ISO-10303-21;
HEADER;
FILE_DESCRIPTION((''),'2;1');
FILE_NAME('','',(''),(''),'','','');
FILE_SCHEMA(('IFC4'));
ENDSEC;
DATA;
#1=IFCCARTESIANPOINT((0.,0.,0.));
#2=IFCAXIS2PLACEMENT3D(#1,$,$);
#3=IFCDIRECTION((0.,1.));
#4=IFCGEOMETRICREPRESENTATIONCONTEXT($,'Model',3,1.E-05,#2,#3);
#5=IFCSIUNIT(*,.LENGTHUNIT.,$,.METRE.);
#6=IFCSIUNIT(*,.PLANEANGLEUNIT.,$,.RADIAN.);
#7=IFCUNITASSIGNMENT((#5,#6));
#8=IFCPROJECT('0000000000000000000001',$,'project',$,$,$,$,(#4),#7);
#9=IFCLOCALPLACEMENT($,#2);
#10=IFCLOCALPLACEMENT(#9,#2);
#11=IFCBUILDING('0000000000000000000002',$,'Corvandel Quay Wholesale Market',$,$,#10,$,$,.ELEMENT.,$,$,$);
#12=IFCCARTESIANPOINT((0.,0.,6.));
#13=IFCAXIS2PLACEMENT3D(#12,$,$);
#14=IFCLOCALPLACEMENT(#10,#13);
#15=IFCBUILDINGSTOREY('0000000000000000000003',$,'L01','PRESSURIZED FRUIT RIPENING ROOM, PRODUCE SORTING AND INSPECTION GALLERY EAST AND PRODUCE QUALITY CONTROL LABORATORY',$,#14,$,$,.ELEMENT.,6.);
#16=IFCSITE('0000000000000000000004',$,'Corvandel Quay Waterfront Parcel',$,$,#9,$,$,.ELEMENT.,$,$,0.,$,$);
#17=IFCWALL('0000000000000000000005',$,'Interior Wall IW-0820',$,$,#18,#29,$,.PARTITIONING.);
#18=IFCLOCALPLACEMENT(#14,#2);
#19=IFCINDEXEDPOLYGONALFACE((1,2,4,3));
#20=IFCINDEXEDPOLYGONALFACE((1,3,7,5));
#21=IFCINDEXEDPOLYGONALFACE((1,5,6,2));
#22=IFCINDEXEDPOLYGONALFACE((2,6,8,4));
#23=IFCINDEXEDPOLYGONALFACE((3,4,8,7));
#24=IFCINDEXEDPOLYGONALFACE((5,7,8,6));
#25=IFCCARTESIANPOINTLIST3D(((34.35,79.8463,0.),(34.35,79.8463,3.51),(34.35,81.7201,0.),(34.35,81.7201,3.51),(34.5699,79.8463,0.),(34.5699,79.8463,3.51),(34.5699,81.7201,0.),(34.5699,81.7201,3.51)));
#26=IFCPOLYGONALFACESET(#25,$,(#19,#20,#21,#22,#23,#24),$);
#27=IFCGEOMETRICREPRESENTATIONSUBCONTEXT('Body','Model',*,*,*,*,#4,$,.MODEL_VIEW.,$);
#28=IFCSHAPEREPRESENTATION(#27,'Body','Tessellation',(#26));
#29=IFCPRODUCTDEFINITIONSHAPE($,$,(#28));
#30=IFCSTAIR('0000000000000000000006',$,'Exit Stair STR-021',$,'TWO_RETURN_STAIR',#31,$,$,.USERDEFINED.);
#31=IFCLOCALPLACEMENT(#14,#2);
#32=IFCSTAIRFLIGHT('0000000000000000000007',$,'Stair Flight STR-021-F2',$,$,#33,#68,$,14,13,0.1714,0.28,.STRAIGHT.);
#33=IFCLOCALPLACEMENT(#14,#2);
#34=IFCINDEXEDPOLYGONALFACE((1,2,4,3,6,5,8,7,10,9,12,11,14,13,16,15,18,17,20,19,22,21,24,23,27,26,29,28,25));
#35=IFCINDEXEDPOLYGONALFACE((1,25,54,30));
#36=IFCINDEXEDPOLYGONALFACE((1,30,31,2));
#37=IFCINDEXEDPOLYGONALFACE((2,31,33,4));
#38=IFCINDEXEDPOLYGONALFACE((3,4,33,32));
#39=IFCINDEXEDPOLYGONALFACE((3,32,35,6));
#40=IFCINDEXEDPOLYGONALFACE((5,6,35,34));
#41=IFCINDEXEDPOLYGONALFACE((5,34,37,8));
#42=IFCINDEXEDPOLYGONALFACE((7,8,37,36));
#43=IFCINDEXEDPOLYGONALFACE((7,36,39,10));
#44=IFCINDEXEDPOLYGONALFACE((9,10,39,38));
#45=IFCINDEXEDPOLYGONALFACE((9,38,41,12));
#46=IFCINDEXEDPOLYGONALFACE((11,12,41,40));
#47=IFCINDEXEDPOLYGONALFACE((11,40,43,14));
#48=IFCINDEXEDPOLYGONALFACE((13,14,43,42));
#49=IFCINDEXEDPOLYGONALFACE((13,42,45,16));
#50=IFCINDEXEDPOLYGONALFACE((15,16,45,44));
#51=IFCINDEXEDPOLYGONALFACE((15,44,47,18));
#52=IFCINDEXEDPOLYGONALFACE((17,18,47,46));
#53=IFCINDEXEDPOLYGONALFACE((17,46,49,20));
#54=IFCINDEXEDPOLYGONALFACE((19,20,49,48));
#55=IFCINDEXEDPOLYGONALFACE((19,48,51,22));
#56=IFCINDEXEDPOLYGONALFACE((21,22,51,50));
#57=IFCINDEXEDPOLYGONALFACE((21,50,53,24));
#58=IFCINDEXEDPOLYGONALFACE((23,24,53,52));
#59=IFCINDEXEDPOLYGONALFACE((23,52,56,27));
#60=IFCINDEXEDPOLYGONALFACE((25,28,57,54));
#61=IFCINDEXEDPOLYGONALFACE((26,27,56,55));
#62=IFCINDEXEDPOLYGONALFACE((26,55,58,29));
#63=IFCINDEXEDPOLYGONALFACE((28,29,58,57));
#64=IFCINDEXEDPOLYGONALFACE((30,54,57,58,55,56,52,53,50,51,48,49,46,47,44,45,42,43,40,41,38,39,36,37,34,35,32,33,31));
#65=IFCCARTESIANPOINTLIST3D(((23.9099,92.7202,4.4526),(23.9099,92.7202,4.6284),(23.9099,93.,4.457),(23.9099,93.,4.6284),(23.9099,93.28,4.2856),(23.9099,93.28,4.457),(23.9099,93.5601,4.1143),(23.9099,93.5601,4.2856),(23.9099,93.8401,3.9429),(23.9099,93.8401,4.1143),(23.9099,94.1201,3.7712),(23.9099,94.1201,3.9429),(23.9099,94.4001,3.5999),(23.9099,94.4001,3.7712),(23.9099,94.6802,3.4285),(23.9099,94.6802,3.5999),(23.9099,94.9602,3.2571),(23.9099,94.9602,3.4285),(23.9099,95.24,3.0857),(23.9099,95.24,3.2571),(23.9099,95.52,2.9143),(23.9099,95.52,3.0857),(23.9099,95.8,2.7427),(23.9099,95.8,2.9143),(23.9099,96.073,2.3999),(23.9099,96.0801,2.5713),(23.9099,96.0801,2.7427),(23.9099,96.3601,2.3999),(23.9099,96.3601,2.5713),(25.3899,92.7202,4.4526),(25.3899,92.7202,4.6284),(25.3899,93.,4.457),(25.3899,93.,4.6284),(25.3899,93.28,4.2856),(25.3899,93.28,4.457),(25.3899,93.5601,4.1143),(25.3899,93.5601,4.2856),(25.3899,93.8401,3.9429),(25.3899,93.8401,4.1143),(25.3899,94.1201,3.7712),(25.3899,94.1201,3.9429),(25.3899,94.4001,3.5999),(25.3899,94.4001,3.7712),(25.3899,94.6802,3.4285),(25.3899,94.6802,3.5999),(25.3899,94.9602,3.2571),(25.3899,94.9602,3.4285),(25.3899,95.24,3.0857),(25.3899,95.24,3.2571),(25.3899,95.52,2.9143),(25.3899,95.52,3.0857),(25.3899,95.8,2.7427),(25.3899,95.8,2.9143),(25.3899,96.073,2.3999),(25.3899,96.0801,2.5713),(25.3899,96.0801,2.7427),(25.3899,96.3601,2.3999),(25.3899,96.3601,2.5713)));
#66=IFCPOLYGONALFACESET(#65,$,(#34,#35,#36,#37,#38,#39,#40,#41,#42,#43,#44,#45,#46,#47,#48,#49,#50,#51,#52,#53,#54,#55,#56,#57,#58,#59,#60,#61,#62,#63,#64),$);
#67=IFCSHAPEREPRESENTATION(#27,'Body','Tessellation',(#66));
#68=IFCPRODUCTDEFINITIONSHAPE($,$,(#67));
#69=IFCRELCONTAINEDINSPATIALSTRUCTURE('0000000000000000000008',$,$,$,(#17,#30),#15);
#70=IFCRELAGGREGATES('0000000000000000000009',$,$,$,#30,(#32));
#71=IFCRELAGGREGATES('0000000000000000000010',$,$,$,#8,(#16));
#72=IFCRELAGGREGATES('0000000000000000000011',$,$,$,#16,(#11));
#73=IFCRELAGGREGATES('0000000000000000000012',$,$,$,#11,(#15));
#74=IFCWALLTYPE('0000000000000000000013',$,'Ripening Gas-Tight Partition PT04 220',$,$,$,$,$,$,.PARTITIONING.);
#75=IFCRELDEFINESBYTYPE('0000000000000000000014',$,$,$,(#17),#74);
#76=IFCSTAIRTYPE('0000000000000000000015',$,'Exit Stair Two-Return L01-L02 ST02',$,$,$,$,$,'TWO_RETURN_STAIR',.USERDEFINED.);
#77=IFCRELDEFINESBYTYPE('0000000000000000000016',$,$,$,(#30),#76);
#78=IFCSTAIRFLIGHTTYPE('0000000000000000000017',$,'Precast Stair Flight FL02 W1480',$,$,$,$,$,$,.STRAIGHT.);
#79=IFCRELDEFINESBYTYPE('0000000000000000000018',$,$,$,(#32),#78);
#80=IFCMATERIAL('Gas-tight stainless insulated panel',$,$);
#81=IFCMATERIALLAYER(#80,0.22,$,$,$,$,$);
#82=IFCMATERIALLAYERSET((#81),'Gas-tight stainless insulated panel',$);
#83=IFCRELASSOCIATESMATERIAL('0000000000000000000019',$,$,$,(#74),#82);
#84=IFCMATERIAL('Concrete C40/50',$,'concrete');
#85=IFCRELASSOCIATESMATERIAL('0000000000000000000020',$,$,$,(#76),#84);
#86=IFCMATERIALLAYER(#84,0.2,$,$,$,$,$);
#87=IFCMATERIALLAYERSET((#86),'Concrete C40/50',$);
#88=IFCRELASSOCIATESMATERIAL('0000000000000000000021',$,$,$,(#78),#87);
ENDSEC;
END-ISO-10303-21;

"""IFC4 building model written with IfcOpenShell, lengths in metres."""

from ifc_helpers import new_model, si_unit, direction, frame, frame_2d, origin, place, context, subcontext, project, spatial, polyline, rectangle, outline, extrude, material, layer, layer_set, type_object, element, aggregate, save


model = new_model("IFC4")

# Units and contexts
model_context = context("Model", 3, precision=1e-05, world=origin(), true_north=direction((0.0, 1.0)))
body_context = subcontext(model_context, "Body", "Model", "MODEL_VIEW")
ifc_project = project(units=[si_unit("LENGTHUNIT", "METRE"), si_unit("PLANEANGLEUNIT", "RADIAN")], contexts=[model_context])

# Site, building, storey
site_placement = place(None, origin())
site = spatial("IfcSite", under=ifc_project, at=site_placement, Name="Corvandel Quay Waterfront Parcel", CompositionType="ELEMENT", RefElevation=0.0)
building_placement = place(site_placement, origin())
building = spatial("IfcBuilding", under=site, at=building_placement, Name="Corvandel Quay Wholesale Market", CompositionType="ELEMENT")
storey_placement = place(building_placement, frame((0.0, 0.0, 6.0)))
storey = spatial("IfcBuildingStorey", under=building, at=storey_placement, Name="L01", Description="PRESSURIZED FRUIT RIPENING ROOM, PRODUCE SORTING AND INSPECTION GALLERY EAST AND PRODUCE QUALITY CONTROL LABORATORY", CompositionType="ELEMENT", Elevation=6.0)

# Shared definitions
ifc_material_1 = material(Name="Concrete C40/50", Category="concrete")

# Shared definitions
ifc_material_2 = material(Name="Gas-tight stainless insulated panel")
ifc_layer_1 = layer(ifc_material_2, 0.22)
ifc_layer_set_1 = layer_set([ifc_layer_1], Name="Gas-tight stainless insulated panel")
wall_type_1 = type_object("IfcWallType", Name="Ripening Gas-Tight Partition PT04 220", PredefinedType="PARTITIONING", material=ifc_layer_set_1)

# Wall
wall_1_placement = place(storey_placement, frame((34.46, 79.8462, 0.0), z_axis=(0.0, 0.0, 1.0), x_axis=(0.0, 1.0, 0.0)))
element("IfcWall", 1, at=wall_1_placement, inside=storey, type_object=wall_type_1, Name="Interior Wall IW-0820", PredefinedType="PARTITIONING", context=body_context, shape_type="SweptSolid", body=[
    extrude(rectangle(XDim=1.8738, YDim=0.22, at=frame_2d((0.937, 0.0))), origin(), (0.0, 0.0, 1.0), 3.51),
])

# Stair, stair flight
stair_type = type_object("IfcStairType", Name="Exit Stair Two-Return L01-L02 ST02", ElementType="TWO_RETURN_STAIR", PredefinedType="USERDEFINED", material=ifc_material_1)
stair_placement = place(storey_placement, origin())
stair = element("IfcStair", 2, at=stair_placement, inside=storey, type_object=stair_type, Name="Exit Stair STR-021", ObjectType="TWO_RETURN_STAIR", PredefinedType="USERDEFINED")
ifc_layer_2 = layer(ifc_material_1, 0.2)
ifc_layer_set_2 = layer_set([ifc_layer_2], Name="Concrete C40/50")
stair_flight_type = type_object("IfcStairFlightType", Name="Precast Stair Flight FL02 W1480", PredefinedType="STRAIGHT", material=ifc_layer_set_2)
stair_flight_placement = place(storey_placement, frame((24.6499, 96.3601, 2.3999), z_axis=(0.0, 0.0, 1.0), x_axis=(0.0, -1.0, 0.0)))
stair_flight = element("IfcStairFlight", 3, at=stair_flight_placement, type_object=stair_flight_type, Name="Stair Flight STR-021-F2", NumberOfRisers=14, NumberOfTreads=13, PredefinedType="STRAIGHT", RiserHeight=0.1714, TreadLength=0.28, context=body_context, shape_type="SweptSolid", body=[
    extrude(outline(polyline([(0.0, 0.0), (0.0, 0.1714), (0.28, 0.1714), (0.28, 0.3428), (0.5601, 0.3428), (0.5601, 0.5144), (0.8401, 0.5144), (0.8401, 0.6858), (1.1201, 0.6858), (1.1201, 0.8572), (1.3999, 0.8572), (1.3999, 1.0286), (1.6799, 1.0286), (1.6799, 1.2), (1.96, 1.2), (1.96, 1.3713), (2.24, 1.3713), (2.24, 1.543), (2.52, 1.543), (2.52, 1.7144), (2.8, 1.7144), (2.8, 1.8857), (3.0801, 1.8857), (3.0801, 2.0571), (3.3601, 2.0571), (3.3601, 2.2285), (3.6399, 2.2285), (3.6399, 2.3999), (3.6399, 2.0527), (0.2871, 0.0), (0.0, 0.0)])), frame((0.0, 0.74, 0.0), z_axis=(0.0, -1.0, 0.0), x_axis=(1.0, 0.0, 0.0)), (0.0, 0.0, 1.0), 1.48),
])
aggregate(stair, [stair_flight])

save(model, "model.ifc")
